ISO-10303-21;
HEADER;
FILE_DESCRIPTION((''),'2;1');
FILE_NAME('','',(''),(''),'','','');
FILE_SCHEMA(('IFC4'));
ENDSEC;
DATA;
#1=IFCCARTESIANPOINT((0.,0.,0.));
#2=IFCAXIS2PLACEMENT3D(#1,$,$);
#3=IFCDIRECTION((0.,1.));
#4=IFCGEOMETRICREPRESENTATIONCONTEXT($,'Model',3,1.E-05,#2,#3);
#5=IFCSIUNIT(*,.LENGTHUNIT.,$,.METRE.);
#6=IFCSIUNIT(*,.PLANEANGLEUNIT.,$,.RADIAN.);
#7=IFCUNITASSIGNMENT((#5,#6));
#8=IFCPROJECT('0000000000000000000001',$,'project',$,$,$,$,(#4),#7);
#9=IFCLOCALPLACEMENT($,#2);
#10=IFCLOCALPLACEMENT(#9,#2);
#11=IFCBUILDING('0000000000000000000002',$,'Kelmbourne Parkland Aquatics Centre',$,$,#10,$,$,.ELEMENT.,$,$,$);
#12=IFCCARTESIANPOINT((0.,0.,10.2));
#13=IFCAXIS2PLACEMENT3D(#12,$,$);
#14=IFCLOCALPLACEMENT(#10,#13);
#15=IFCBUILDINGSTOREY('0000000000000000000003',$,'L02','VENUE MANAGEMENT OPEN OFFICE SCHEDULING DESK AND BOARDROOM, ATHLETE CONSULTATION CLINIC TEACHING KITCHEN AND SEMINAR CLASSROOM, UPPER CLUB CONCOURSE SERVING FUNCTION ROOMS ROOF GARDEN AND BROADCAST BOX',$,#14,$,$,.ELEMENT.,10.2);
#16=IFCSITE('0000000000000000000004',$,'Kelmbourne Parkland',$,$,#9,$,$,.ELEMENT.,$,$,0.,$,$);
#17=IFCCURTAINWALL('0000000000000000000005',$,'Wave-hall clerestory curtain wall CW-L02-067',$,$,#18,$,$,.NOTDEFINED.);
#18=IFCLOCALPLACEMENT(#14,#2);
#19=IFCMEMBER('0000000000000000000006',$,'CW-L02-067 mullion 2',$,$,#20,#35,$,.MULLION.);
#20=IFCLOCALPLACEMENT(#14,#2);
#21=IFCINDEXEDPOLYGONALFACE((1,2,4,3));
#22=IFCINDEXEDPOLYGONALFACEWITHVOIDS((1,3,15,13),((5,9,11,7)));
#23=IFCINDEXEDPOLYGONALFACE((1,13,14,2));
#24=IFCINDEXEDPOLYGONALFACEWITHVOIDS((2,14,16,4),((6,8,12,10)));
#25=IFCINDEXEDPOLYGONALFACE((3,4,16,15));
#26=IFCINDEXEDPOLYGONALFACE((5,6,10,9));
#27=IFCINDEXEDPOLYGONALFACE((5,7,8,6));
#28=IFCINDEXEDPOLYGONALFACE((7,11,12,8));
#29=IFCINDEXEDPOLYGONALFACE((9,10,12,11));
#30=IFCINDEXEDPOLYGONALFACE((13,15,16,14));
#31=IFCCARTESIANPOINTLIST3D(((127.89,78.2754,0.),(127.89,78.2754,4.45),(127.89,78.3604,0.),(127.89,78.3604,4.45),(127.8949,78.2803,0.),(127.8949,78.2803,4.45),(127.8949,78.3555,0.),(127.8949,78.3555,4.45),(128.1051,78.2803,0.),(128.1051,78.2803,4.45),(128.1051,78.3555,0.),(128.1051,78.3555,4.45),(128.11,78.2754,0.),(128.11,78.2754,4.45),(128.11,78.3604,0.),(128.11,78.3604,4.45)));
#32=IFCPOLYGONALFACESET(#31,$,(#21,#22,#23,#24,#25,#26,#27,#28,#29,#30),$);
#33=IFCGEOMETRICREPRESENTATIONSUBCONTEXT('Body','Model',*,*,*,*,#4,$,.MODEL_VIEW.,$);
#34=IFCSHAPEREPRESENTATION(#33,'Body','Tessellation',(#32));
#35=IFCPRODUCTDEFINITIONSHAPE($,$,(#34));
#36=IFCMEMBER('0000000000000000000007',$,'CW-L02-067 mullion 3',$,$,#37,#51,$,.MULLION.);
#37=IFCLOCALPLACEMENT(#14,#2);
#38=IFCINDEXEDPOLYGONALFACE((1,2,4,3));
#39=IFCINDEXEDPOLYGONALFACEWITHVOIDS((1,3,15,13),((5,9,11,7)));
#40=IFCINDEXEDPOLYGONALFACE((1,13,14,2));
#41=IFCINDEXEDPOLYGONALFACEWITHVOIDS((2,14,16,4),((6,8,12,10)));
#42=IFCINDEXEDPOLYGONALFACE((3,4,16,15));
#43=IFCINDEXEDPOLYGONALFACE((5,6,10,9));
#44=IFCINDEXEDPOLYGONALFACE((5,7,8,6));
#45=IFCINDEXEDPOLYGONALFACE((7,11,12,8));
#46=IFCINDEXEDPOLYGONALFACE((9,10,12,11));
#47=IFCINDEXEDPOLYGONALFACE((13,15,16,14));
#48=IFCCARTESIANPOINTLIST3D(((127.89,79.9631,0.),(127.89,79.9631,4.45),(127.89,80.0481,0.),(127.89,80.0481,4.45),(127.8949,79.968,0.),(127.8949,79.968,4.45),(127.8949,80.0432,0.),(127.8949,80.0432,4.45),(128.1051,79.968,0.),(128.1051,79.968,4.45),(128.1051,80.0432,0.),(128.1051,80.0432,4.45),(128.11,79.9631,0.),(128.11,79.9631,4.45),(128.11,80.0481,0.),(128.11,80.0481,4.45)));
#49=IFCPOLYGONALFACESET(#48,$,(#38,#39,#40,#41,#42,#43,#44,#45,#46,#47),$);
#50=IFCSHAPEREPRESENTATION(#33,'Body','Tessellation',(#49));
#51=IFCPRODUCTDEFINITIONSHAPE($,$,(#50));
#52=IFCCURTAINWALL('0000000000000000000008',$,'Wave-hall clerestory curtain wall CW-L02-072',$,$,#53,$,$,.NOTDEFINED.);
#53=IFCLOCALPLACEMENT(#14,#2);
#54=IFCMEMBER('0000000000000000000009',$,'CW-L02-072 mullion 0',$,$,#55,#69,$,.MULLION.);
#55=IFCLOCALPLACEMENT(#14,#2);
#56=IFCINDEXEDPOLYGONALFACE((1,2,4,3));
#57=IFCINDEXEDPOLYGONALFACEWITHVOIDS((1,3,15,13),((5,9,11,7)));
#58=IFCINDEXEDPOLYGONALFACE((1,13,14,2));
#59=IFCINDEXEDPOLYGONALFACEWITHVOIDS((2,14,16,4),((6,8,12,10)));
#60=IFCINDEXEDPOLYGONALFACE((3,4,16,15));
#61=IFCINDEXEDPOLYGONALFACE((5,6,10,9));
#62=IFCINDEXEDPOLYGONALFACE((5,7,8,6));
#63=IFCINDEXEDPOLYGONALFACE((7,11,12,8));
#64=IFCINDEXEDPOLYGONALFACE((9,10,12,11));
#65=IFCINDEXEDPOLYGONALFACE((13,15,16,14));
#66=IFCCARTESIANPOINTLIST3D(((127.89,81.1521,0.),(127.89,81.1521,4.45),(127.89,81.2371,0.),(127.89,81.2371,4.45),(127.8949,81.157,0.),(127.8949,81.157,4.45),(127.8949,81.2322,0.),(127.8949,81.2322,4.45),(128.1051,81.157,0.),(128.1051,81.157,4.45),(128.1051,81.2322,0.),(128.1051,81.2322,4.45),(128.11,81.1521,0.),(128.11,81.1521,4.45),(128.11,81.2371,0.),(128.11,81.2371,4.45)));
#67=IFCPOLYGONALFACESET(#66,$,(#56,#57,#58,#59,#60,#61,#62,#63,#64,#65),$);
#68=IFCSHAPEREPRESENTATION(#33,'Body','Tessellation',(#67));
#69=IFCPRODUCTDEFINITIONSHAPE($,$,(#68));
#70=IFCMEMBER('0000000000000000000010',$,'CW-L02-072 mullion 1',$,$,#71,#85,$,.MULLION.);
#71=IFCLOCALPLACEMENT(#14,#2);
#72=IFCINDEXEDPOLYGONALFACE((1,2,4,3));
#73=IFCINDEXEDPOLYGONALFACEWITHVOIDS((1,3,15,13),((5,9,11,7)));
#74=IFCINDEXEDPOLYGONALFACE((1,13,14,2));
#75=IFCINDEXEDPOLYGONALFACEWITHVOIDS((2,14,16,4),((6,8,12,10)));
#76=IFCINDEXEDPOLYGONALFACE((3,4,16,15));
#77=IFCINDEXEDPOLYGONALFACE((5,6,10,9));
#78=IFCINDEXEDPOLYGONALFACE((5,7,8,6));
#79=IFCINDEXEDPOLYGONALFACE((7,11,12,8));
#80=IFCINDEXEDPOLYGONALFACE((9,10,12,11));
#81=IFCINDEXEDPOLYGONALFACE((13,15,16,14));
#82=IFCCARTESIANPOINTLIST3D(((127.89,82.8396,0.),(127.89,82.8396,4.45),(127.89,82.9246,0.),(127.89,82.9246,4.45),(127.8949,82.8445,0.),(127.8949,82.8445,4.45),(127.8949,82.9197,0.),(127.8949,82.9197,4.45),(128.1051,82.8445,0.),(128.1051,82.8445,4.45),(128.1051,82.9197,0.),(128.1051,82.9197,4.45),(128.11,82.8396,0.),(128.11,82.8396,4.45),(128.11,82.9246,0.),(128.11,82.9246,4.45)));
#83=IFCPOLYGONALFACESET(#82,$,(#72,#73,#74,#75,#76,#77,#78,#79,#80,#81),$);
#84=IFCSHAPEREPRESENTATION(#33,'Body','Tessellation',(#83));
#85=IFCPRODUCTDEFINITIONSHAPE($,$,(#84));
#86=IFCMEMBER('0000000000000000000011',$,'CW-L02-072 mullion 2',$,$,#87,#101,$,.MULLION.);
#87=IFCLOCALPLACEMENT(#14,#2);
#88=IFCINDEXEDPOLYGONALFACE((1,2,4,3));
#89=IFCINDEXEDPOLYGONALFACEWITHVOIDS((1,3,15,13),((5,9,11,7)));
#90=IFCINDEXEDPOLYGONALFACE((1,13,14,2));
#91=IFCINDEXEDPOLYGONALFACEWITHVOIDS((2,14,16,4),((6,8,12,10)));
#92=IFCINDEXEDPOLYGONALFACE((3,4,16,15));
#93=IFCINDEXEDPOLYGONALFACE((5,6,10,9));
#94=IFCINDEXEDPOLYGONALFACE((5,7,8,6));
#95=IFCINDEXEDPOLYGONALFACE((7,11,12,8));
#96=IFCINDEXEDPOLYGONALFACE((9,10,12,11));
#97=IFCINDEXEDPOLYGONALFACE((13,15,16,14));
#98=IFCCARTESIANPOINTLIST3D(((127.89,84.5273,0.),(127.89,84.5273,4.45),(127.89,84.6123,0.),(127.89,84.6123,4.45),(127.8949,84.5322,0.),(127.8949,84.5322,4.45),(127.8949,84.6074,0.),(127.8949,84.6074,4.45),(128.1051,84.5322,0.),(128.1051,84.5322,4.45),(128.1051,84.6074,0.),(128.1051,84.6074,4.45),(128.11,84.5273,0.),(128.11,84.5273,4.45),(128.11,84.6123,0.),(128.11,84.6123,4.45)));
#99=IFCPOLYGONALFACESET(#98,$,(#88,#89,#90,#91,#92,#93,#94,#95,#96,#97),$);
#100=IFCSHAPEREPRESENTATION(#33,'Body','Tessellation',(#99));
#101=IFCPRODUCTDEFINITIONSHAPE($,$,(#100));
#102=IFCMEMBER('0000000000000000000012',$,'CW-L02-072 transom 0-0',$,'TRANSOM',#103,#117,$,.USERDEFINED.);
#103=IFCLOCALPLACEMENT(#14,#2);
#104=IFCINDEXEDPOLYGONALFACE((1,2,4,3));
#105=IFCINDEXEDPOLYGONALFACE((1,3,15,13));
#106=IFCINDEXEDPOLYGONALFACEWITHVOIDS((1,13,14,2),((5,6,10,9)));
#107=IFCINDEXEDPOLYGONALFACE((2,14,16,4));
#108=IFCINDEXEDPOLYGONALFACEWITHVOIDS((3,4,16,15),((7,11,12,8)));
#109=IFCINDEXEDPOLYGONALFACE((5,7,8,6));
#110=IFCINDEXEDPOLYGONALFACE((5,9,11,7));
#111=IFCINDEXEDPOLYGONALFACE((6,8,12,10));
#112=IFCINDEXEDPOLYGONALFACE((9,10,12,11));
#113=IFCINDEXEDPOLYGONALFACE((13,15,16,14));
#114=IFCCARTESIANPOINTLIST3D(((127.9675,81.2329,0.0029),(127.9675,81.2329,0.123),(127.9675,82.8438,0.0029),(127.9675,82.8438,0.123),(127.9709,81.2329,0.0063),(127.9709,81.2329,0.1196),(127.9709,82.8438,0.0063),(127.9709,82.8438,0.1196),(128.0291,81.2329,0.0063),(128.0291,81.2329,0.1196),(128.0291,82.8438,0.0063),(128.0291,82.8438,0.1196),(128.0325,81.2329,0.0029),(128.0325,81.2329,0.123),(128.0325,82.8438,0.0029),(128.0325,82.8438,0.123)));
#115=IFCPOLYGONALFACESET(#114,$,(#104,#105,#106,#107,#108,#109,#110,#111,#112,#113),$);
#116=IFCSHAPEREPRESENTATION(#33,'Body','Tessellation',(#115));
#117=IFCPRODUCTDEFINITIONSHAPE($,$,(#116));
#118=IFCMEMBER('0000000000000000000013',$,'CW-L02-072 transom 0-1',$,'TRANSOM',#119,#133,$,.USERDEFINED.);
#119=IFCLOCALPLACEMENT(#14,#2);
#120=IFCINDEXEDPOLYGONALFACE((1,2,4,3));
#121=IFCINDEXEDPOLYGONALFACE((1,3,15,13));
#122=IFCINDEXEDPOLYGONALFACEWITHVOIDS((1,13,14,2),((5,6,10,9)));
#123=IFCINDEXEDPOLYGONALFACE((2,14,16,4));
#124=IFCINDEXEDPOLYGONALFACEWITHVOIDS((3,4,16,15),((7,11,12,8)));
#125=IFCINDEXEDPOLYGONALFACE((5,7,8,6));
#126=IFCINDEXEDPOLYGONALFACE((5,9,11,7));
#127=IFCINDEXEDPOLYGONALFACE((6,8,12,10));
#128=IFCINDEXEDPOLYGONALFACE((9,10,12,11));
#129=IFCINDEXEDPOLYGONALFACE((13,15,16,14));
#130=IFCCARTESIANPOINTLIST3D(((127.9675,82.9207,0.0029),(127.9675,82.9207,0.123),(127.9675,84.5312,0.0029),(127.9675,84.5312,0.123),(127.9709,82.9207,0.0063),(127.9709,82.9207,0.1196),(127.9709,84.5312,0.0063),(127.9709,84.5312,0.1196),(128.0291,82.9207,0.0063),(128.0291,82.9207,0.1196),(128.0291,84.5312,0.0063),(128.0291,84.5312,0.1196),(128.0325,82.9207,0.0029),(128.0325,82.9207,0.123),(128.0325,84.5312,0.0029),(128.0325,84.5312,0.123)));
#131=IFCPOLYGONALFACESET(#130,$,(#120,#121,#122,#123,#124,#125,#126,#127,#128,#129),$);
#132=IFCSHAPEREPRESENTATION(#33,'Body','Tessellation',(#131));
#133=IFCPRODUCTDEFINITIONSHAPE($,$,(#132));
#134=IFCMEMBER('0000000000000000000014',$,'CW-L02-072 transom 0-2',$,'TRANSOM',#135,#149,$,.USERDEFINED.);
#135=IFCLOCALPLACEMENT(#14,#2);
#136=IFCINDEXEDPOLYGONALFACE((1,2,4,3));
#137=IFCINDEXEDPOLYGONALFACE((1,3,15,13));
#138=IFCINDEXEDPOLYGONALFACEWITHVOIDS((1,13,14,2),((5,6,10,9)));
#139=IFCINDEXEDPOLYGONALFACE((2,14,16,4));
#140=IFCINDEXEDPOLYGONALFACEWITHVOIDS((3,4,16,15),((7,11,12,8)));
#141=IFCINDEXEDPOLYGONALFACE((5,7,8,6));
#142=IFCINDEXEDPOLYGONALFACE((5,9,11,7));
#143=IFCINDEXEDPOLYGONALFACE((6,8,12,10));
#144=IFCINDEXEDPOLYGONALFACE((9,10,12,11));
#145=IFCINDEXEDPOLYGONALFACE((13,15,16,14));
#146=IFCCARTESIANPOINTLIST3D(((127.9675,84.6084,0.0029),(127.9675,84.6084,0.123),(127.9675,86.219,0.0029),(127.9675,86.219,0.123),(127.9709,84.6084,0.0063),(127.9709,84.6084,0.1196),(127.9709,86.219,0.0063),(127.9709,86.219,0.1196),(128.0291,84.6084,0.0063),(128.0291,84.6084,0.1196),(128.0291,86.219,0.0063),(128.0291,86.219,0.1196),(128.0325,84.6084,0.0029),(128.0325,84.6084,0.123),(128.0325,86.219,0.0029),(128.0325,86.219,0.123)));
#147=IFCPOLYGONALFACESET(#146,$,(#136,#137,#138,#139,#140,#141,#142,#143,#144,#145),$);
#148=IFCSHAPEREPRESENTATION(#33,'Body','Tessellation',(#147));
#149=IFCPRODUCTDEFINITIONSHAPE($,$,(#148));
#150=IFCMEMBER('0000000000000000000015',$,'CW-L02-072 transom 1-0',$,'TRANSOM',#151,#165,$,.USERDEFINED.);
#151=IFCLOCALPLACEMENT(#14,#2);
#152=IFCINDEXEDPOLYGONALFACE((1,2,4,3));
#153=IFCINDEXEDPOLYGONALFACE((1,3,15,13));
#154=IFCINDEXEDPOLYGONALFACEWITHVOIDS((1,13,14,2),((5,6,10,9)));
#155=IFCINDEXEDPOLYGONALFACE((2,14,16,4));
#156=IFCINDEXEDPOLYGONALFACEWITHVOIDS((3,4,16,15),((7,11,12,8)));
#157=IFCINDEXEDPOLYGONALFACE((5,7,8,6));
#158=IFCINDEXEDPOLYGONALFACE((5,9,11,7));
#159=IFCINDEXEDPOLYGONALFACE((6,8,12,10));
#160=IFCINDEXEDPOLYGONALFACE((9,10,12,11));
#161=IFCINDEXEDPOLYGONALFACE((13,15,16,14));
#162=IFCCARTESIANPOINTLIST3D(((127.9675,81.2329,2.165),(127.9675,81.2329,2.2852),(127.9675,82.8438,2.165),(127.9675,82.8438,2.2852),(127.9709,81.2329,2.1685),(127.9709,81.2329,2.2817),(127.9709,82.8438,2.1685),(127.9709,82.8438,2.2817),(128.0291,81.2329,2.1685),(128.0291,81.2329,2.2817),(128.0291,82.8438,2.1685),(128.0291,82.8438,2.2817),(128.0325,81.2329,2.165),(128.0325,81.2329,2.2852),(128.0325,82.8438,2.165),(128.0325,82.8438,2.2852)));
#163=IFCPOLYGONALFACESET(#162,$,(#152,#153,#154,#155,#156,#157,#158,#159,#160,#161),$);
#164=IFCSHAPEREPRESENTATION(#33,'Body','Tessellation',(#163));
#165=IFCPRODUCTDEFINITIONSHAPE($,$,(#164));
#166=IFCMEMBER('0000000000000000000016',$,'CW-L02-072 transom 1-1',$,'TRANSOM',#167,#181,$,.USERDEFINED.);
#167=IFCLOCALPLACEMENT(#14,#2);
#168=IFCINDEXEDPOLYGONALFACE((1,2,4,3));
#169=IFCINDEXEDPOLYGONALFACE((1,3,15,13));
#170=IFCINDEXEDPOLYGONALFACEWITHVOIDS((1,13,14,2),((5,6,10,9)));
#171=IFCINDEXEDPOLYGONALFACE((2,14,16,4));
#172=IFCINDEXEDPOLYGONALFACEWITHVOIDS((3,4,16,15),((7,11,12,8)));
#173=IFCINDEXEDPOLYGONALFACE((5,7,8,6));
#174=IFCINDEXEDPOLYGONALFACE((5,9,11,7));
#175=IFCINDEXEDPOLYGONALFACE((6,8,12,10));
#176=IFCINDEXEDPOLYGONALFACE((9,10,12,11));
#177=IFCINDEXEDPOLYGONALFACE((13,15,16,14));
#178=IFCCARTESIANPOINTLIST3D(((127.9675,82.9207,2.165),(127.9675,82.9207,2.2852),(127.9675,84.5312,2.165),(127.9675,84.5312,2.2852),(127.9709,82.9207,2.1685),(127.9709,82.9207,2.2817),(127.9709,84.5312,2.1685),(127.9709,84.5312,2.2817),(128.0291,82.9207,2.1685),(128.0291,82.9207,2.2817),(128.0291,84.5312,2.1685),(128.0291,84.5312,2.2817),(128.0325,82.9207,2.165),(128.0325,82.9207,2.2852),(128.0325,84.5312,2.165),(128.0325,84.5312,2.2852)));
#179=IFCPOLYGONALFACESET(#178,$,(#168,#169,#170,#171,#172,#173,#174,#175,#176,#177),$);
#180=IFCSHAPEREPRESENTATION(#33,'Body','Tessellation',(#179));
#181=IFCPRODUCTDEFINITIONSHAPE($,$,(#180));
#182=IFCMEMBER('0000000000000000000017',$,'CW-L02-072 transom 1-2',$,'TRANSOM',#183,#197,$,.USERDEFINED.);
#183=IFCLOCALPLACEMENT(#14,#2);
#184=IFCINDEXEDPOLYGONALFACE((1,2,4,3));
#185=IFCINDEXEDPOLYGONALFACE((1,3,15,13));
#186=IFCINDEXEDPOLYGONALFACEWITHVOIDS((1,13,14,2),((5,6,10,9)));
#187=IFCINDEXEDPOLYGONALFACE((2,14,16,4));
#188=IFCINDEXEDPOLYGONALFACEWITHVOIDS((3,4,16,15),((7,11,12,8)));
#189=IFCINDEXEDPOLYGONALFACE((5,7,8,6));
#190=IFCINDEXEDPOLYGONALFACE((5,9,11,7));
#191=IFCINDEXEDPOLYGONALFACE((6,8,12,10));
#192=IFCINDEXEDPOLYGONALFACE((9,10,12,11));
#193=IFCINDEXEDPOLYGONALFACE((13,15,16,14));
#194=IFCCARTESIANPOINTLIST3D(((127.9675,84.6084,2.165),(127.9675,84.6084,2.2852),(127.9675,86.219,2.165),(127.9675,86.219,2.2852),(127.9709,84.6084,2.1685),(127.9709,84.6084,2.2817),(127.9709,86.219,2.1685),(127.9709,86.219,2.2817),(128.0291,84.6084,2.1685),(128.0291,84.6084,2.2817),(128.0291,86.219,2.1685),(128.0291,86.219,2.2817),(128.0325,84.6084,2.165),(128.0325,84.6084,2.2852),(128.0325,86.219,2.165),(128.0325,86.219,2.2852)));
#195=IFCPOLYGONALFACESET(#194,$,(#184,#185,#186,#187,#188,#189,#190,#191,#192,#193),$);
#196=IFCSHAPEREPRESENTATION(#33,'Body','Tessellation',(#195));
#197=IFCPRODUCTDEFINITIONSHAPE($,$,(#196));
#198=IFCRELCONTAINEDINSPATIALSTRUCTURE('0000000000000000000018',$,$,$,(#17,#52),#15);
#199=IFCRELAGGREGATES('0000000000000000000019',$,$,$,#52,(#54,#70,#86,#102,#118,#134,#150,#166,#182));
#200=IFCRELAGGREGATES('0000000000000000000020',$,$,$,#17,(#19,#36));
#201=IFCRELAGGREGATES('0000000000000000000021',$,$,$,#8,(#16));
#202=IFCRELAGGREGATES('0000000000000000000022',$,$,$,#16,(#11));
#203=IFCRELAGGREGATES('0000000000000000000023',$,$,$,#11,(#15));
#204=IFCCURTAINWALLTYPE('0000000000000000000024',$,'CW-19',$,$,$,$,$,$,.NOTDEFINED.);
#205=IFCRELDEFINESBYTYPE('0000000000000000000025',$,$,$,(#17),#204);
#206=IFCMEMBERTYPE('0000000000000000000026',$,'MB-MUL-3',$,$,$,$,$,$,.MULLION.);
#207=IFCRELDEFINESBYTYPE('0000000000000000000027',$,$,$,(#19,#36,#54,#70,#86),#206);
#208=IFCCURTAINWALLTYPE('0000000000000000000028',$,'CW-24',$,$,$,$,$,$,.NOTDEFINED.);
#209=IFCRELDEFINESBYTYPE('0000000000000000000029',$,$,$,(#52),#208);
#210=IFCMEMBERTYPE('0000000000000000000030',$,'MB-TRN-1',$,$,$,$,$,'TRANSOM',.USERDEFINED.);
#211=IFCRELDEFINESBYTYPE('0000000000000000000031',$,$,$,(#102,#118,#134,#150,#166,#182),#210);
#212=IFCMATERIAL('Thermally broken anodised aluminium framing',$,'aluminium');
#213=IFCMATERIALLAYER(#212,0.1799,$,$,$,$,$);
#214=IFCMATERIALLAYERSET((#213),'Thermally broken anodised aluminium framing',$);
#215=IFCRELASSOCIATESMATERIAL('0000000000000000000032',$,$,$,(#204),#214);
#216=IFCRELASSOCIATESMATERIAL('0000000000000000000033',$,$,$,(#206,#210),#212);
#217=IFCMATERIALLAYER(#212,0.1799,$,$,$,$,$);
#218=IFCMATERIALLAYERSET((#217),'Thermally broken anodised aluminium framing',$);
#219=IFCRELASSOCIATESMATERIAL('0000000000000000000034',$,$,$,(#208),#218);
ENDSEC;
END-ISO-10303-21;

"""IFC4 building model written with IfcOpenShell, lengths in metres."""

from ifc_helpers import new_model, si_unit, direction, frame, origin, origin_2d, place, context, subcontext, project, spatial, hollow_rectangle, extrude, material, layer, layer_set, material_profile, profile_set, type_object, element, aggregate, save


model = new_model("IFC4")

# Units and contexts
model_context = context("Model", 3, precision=1e-05, world=origin(), true_north=direction((0.0, 1.0)))
body_context = subcontext(model_context, "Body", "Model", "MODEL_VIEW")
ifc_project = project(units=[si_unit("LENGTHUNIT", "METRE"), si_unit("PLANEANGLEUNIT", "RADIAN")], contexts=[model_context])

# Site, building, storey
site_placement = place(None, origin())
site = spatial("IfcSite", under=ifc_project, at=site_placement, Name="Kelmbourne Parkland", CompositionType="ELEMENT", RefElevation=0.0)
building_placement = place(site_placement, origin())
building = spatial("IfcBuilding", under=site, at=building_placement, Name="Kelmbourne Parkland Aquatics Centre", CompositionType="ELEMENT")
storey_placement = place(building_placement, frame((0.0, 0.0, 10.2)))
storey = spatial("IfcBuildingStorey", under=building, at=storey_placement, Name="L02", Description="VENUE MANAGEMENT OPEN OFFICE SCHEDULING DESK AND BOARDROOM, ATHLETE CONSULTATION CLINIC TEACHING KITCHEN AND SEMINAR CLASSROOM, UPPER CLUB CONCOURSE SERVING FUNCTION ROOMS ROOF GARDEN AND BROADCAST BOX", CompositionType="ELEMENT", Elevation=10.2)

# Curtain walls, members
ifc_material_1 = material(Name="Thermally broken anodised aluminium framing", Category="aluminium")
ifc_layer_1 = layer(ifc_material_1, 0.1799)
ifc_layer_set_1 = layer_set([ifc_layer_1], Name="Thermally broken anodised aluminium framing")
curtain_wall_type_1 = type_object("IfcCurtainWallType", Name="CW-19", PredefinedType="NOTDEFINED", material=ifc_layer_set_1)
curtain_wall_1_placement = place(storey_placement, origin())
curtain_wall_1 = element("IfcCurtainWall", 1, at=curtain_wall_1_placement, inside=storey, type_object=curtain_wall_type_1, Name="Wave-hall clerestory curtain wall CW-L02-067", PredefinedType="NOTDEFINED")
ifc_material_profile_1 = material_profile(ifc_material_1, hollow_rectangle(XDim=0.085, YDim=0.22, WallThickness=0.0049, at=origin_2d()), Name="CW-M 85x220")
ifc_profile_set_1 = profile_set([ifc_material_profile_1], Name="Thermally broken anodised aluminium framing")
member_type_1 = type_object("IfcMemberType", Name="MB-MUL-3", PredefinedType="MULLION", material=ifc_profile_set_1)
member_1_placement = place(storey_placement, frame((128.0, 78.3179, 0.0), z_axis=(0.0, 0.0, 1.0), x_axis=(0.0, 1.0, 0.0)))
member_1 = element("IfcMember", 2, at=member_1_placement, type_object=member_type_1, Name="CW-L02-067 mullion 2", PredefinedType="MULLION", context=body_context, shape_type="SweptSolid", body=[
    extrude(hollow_rectangle(XDim=0.085, YDim=0.22, WallThickness=0.0049, at=origin_2d()), origin(), (0.0, 0.0, 1.0), 4.45),
])
member_2_placement = place(storey_placement, frame((128.0, 80.0056, 0.0), z_axis=(0.0, 0.0, 1.0), x_axis=(0.0, 1.0, 0.0)))
member_2 = element("IfcMember", 3, at=member_2_placement, type_object=member_type_1, Name="CW-L02-067 mullion 3", PredefinedType="MULLION", context=body_context, shape_type="SweptSolid", body=[
    extrude(hollow_rectangle(XDim=0.085, YDim=0.22, WallThickness=0.0049, at=origin_2d()), origin(), (0.0, 0.0, 1.0), 4.45),
])
ifc_layer_2 = layer(ifc_material_1, 0.1799)
ifc_layer_set_2 = layer_set([ifc_layer_2], Name="Thermally broken anodised aluminium framing")
curtain_wall_type_2 = type_object("IfcCurtainWallType", Name="CW-24", PredefinedType="NOTDEFINED", material=ifc_layer_set_2)
curtain_wall_2_placement = place(storey_placement, origin())
curtain_wall_2 = element("IfcCurtainWall", 4, at=curtain_wall_2_placement, inside=storey, type_object=curtain_wall_type_2, Name="Wave-hall clerestory curtain wall CW-L02-072", PredefinedType="NOTDEFINED")
member_3_placement = place(storey_placement, frame((128.0, 81.1946, 0.0), z_axis=(0.0, 0.0, 1.0), x_axis=(0.0, 1.0, 0.0)))
member_3 = element("IfcMember", 5, at=member_3_placement, type_object=member_type_1, Name="CW-L02-072 mullion 0", PredefinedType="MULLION", context=body_context, shape_type="SweptSolid", body=[
    extrude(hollow_rectangle(XDim=0.085, YDim=0.22, WallThickness=0.0049, at=origin_2d()), origin(), (0.0, 0.0, 1.0), 4.45),
])
member_4_placement = place(storey_placement, frame((128.0, 82.8821, 0.0), z_axis=(0.0, 0.0, 1.0), x_axis=(0.0, 1.0, 0.0)))
member_4 = element("IfcMember", 6, at=member_4_placement, type_object=member_type_1, Name="CW-L02-072 mullion 1", PredefinedType="MULLION", context=body_context, shape_type="SweptSolid", body=[
    extrude(hollow_rectangle(XDim=0.085, YDim=0.22, WallThickness=0.0049, at=origin_2d()), origin(), (0.0, 0.0, 1.0), 4.45),
])
member_5_placement = place(storey_placement, frame((128.0, 84.5698, 0.0), z_axis=(0.0, 0.0, 1.0), x_axis=(0.0, 1.0, 0.0)))
member_5 = element("IfcMember", 7, at=member_5_placement, type_object=member_type_1, Name="CW-L02-072 mullion 2", PredefinedType="MULLION", context=body_context, shape_type="SweptSolid", body=[
    extrude(hollow_rectangle(XDim=0.085, YDim=0.22, WallThickness=0.0049, at=origin_2d()), origin(), (0.0, 0.0, 1.0), 4.45),
])
ifc_material_profile_2 = material_profile(ifc_material_1, hollow_rectangle(XDim=0.0649, YDim=0.1201, WallThickness=0.0034, at=origin_2d()), Name="CW-T 65x120")
ifc_profile_set_2 = profile_set([ifc_material_profile_2], Name="Thermally broken anodised aluminium framing")
member_type_2 = type_object("IfcMemberType", Name="MB-TRN-1", ElementType="TRANSOM", PredefinedType="USERDEFINED", material=ifc_profile_set_2)
member_6_placement = place(storey_placement, frame((128.0, 81.2329, 0.063), z_axis=(0.0, 1.0, 0.0), x_axis=(-1.0, 0.0, 0.0)))
member_6 = element("IfcMember", 8, at=member_6_placement, type_object=member_type_2, Name="CW-L02-072 transom 0-0", ObjectType="TRANSOM", PredefinedType="USERDEFINED", context=body_context, shape_type="SweptSolid", body=[
    extrude(hollow_rectangle(XDim=0.0649, YDim=0.1201, WallThickness=0.0034, at=origin_2d()), origin(), (0.0, 0.0, 1.0), 1.6108),
])
member_7_placement = place(storey_placement, frame((128.0, 82.9207, 0.063), z_axis=(0.0, 1.0, 0.0), x_axis=(-1.0, 0.0, 0.0)))
member_7 = element("IfcMember", 9, at=member_7_placement, type_object=member_type_2, Name="CW-L02-072 transom 0-1", ObjectType="TRANSOM", PredefinedType="USERDEFINED", context=body_context, shape_type="SweptSolid", body=[
    extrude(hollow_rectangle(XDim=0.0649, YDim=0.1201, WallThickness=0.0034, at=origin_2d()), origin(), (0.0, 0.0, 1.0), 1.6106),
])
member_8_placement = place(storey_placement, frame((128.0, 84.6084, 0.063), z_axis=(0.0, 1.0, 0.0), x_axis=(-1.0, 0.0, 0.0)))
member_8 = element("IfcMember", 10, at=member_8_placement, type_object=member_type_2, Name="CW-L02-072 transom 0-2", ObjectType="TRANSOM", PredefinedType="USERDEFINED", context=body_context, shape_type="SweptSolid", body=[
    extrude(hollow_rectangle(XDim=0.0649, YDim=0.1201, WallThickness=0.0034, at=origin_2d()), origin(), (0.0, 0.0, 1.0), 1.6106),
])
member_9_placement = place(storey_placement, frame((128.0, 81.2329, 2.2251), z_axis=(0.0, 1.0, 0.0), x_axis=(-1.0, 0.0, 0.0)))
member_9 = element("IfcMember", 11, at=member_9_placement, type_object=member_type_2, Name="CW-L02-072 transom 1-0", ObjectType="TRANSOM", PredefinedType="USERDEFINED", context=body_context, shape_type="SweptSolid", body=[
    extrude(hollow_rectangle(XDim=0.0649, YDim=0.1201, WallThickness=0.0034, at=origin_2d()), origin(), (0.0, 0.0, 1.0), 1.6108),
])
member_10_placement = place(storey_placement, frame((128.0, 82.9207, 2.2251), z_axis=(0.0, 1.0, 0.0), x_axis=(-1.0, 0.0, 0.0)))
member_10 = element("IfcMember", 12, at=member_10_placement, type_object=member_type_2, Name="CW-L02-072 transom 1-1", ObjectType="TRANSOM", PredefinedType="USERDEFINED", context=body_context, shape_type="SweptSolid", body=[
    extrude(hollow_rectangle(XDim=0.0649, YDim=0.1201, WallThickness=0.0034, at=origin_2d()), origin(), (0.0, 0.0, 1.0), 1.6106),
])
member_11_placement = place(storey_placement, frame((128.0, 84.6084, 2.2251), z_axis=(0.0, 1.0, 0.0), x_axis=(-1.0, 0.0, 0.0)))
member_11 = element("IfcMember", 13, at=member_11_placement, type_object=member_type_2, Name="CW-L02-072 transom 1-2", ObjectType="TRANSOM", PredefinedType="USERDEFINED", context=body_context, shape_type="SweptSolid", body=[
    extrude(hollow_rectangle(XDim=0.0649, YDim=0.1201, WallThickness=0.0034, at=origin_2d()), origin(), (0.0, 0.0, 1.0), 1.6106),
])

aggregate(curtain_wall_2, [member_3, member_4, member_5, member_6, member_7, member_8, member_9, member_10, member_11])
aggregate(curtain_wall_1, [member_1, member_2])

save(model, "model.ifc")
